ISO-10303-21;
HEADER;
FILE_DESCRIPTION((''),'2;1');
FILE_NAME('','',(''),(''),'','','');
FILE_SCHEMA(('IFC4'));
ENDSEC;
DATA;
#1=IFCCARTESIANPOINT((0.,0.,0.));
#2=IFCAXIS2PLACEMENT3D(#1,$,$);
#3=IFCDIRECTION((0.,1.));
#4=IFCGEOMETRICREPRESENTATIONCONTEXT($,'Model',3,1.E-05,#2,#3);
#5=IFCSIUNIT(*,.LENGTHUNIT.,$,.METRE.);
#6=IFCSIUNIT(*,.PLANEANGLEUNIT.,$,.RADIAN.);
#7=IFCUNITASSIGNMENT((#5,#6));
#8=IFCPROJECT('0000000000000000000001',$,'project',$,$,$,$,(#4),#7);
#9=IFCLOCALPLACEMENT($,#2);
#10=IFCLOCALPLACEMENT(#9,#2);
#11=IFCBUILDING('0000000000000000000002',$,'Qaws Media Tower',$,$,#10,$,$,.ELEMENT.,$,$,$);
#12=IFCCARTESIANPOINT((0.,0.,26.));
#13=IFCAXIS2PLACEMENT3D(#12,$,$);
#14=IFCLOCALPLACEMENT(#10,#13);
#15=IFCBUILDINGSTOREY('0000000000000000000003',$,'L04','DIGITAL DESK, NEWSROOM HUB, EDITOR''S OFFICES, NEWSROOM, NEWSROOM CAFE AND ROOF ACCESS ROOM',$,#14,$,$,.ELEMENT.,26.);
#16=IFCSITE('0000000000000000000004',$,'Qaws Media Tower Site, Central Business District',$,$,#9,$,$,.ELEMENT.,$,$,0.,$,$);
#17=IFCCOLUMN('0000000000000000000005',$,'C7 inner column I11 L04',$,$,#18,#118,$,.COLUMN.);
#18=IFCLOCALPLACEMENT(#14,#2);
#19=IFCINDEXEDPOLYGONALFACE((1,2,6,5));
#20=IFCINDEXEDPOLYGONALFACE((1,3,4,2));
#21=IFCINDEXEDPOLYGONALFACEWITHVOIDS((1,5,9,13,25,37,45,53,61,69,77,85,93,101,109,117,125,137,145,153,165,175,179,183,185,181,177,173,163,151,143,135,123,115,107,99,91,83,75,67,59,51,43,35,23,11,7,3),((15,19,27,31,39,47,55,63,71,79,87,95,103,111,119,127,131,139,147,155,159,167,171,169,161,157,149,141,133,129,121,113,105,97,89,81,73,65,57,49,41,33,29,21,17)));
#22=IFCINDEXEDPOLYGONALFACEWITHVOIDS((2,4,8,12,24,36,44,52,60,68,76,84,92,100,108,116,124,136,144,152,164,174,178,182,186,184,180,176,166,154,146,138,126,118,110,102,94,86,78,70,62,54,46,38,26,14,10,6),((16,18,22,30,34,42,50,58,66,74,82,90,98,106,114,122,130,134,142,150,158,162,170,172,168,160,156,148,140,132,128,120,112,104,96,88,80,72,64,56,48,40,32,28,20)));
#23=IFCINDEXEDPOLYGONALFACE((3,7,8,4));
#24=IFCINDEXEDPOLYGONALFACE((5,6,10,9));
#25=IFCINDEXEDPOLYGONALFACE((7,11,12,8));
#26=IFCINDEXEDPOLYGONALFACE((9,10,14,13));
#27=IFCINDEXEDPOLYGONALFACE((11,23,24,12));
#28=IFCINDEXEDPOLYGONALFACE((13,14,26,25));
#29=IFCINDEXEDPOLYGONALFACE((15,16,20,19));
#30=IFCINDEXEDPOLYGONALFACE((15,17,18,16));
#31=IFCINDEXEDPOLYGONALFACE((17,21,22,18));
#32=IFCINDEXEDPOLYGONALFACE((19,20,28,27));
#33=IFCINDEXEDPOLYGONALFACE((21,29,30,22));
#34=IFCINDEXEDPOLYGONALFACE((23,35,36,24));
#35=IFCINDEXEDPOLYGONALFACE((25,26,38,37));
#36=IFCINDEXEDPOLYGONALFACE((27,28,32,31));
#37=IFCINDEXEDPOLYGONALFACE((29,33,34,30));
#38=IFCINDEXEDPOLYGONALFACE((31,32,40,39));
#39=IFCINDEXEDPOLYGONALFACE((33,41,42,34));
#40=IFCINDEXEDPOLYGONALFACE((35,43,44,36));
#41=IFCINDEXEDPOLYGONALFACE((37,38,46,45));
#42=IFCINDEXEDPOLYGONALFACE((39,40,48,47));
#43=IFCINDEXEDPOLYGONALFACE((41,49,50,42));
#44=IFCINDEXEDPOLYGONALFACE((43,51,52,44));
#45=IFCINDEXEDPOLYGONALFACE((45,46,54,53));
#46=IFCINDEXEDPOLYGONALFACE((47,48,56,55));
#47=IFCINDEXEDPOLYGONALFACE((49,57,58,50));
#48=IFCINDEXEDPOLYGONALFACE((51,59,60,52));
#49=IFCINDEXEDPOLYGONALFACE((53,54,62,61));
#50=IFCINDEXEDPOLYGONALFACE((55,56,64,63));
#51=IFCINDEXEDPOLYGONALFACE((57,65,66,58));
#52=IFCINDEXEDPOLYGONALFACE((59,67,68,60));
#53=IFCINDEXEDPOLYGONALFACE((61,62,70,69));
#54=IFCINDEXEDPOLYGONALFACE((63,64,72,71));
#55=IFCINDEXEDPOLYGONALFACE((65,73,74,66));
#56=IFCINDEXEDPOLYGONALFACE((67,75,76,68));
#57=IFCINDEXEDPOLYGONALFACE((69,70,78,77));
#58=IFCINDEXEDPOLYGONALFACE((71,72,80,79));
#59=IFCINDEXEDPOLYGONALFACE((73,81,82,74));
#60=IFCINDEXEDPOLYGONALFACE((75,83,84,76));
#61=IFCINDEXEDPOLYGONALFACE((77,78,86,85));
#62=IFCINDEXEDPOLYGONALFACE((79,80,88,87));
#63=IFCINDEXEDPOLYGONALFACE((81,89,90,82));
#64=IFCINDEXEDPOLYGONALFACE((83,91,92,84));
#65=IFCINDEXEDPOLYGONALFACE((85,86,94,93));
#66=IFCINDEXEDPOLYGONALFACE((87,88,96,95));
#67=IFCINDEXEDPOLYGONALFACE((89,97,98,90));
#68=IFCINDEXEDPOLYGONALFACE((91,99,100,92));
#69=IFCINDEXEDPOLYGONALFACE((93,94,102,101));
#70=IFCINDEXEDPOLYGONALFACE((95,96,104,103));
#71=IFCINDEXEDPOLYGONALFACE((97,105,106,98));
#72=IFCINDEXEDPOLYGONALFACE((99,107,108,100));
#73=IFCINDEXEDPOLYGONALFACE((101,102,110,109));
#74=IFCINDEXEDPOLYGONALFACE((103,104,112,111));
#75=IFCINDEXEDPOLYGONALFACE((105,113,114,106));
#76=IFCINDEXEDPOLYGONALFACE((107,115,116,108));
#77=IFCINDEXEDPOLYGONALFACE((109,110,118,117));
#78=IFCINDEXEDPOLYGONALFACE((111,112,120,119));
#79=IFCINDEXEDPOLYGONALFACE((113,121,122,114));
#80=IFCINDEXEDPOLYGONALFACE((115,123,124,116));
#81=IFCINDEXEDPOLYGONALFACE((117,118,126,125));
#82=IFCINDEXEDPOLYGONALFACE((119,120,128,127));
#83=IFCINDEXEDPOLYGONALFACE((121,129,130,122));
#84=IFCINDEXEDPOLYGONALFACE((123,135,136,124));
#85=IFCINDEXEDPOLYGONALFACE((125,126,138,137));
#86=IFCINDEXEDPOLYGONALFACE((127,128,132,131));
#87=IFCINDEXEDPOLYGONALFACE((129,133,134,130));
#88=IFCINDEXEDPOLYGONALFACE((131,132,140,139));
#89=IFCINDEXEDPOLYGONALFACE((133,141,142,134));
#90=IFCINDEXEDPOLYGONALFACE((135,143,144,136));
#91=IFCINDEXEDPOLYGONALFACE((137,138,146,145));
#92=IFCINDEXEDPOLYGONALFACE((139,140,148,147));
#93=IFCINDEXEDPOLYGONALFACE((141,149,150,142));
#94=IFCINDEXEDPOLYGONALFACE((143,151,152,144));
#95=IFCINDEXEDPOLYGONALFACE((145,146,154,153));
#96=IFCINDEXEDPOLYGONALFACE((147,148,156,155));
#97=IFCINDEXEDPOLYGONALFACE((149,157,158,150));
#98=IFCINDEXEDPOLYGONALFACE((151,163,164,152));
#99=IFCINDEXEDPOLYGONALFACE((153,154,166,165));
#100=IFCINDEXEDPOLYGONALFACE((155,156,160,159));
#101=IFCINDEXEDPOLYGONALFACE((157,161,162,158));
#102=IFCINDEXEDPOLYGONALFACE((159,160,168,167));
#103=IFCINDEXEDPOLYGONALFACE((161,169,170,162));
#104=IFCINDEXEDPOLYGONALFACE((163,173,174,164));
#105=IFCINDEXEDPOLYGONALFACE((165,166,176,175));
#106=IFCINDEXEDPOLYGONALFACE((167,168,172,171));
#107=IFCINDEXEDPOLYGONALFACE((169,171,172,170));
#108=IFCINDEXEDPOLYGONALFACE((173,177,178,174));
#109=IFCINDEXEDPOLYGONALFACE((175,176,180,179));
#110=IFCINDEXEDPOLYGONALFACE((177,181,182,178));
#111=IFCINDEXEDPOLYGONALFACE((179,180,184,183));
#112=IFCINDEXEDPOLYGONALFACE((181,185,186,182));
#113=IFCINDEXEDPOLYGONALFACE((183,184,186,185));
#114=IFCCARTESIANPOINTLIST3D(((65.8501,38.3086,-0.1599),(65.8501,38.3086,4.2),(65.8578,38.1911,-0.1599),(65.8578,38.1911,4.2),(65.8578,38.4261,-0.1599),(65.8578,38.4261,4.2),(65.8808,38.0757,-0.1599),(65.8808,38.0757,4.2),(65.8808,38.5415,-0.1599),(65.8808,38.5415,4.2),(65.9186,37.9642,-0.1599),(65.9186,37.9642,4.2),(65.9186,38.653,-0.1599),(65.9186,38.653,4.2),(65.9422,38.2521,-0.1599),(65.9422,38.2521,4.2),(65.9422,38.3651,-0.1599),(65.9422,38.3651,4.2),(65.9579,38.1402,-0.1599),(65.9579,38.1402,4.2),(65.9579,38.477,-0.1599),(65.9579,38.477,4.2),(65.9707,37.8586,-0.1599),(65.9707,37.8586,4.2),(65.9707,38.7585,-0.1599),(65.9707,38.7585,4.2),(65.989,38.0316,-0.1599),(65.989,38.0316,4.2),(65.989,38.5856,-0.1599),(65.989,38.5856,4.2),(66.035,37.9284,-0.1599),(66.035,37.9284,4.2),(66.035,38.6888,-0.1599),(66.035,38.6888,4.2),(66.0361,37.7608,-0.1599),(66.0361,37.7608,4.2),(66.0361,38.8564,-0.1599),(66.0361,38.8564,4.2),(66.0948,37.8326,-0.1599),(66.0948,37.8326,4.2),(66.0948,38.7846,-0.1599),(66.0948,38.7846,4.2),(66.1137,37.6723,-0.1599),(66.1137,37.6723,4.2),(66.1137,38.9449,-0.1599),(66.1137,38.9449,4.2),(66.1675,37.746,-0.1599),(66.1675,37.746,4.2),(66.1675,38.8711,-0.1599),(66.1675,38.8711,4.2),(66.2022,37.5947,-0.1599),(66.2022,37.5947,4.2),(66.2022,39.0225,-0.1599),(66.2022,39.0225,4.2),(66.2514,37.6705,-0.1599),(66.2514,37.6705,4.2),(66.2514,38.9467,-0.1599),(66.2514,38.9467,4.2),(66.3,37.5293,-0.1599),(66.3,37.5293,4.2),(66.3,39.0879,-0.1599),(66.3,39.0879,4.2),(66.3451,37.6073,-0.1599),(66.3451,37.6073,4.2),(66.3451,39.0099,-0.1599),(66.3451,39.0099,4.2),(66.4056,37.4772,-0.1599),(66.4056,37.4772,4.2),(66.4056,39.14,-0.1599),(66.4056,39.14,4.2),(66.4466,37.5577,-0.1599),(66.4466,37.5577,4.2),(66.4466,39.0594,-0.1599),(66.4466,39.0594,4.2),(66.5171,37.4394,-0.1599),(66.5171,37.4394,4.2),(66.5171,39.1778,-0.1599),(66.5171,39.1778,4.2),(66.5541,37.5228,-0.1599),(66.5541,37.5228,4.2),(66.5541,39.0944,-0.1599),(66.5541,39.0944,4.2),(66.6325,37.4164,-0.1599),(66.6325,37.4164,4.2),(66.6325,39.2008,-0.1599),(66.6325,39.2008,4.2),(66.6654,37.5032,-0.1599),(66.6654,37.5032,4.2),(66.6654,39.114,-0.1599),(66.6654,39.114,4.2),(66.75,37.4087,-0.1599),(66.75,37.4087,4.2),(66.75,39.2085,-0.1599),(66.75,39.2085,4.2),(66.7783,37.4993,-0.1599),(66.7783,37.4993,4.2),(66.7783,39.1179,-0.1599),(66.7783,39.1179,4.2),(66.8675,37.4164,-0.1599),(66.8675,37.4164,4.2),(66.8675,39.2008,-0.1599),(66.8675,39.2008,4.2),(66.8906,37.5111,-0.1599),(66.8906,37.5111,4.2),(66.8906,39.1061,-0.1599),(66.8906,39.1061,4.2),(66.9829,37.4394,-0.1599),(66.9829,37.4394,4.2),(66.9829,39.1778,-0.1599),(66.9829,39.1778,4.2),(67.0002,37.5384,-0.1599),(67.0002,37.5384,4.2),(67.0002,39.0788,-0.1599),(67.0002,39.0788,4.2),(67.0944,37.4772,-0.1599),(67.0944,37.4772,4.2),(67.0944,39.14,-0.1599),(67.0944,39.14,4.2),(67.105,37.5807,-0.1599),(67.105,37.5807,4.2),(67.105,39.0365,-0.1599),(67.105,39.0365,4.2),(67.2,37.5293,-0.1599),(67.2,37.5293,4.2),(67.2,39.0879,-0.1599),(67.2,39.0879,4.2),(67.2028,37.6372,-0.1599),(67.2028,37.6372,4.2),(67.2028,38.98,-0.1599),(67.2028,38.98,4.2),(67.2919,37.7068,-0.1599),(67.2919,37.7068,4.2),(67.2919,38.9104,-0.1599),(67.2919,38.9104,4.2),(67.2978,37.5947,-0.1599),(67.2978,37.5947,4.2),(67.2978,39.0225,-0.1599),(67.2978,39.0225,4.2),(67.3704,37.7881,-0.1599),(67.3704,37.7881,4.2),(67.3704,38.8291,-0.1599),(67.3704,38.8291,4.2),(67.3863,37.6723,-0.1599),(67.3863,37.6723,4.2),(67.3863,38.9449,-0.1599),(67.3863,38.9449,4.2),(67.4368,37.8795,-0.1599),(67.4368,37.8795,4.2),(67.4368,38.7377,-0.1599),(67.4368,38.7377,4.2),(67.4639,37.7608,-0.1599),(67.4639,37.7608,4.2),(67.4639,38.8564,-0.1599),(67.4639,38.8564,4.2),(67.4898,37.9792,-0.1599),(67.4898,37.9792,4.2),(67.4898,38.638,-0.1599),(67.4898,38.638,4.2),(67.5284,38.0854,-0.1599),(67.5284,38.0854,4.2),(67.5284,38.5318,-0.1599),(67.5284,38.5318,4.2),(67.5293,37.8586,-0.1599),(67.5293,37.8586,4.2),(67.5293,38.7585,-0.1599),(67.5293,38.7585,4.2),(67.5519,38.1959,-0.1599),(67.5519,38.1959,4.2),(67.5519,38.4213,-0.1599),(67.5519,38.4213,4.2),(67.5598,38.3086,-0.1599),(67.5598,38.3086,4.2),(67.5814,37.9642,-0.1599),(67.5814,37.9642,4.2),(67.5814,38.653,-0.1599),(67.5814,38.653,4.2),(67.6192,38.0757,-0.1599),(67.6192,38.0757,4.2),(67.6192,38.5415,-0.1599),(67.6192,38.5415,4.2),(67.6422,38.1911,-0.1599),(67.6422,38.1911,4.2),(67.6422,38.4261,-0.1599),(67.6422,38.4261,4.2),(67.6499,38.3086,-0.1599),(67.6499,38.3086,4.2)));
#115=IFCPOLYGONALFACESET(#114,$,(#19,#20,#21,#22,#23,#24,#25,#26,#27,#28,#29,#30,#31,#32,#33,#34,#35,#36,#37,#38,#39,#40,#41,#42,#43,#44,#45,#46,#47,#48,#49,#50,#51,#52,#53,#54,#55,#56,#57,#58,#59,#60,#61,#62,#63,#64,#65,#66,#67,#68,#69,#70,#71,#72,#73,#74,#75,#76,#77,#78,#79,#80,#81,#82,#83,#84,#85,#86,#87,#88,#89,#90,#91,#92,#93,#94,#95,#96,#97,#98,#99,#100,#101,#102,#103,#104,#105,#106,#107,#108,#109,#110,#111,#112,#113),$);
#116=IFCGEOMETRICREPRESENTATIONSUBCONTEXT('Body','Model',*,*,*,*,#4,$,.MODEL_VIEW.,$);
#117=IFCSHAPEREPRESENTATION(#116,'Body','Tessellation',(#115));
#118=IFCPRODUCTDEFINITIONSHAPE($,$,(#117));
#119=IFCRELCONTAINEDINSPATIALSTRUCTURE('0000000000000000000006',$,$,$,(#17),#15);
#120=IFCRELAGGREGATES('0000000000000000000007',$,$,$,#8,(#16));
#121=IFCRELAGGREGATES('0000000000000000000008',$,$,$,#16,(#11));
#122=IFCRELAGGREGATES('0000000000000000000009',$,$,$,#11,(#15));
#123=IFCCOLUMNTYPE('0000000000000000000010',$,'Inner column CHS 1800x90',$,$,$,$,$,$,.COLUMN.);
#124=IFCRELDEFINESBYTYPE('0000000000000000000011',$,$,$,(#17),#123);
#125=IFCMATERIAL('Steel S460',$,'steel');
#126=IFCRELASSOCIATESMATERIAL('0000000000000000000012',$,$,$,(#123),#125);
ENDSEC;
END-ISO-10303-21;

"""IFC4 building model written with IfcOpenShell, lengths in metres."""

from ifc_helpers import new_model, si_unit, direction, frame, origin, origin_2d, place, context, subcontext, project, spatial, hollow_circle, extrude, material, material_profile, profile_set, type_object, element, save


model = new_model("IFC4")

# Units and contexts
model_context = context("Model", 3, precision=1e-05, world=origin(), true_north=direction((0.0, 1.0)))
body_context = subcontext(model_context, "Body", "Model", "MODEL_VIEW")
ifc_project = project(units=[si_unit("LENGTHUNIT", "METRE"), si_unit("PLANEANGLEUNIT", "RADIAN")], contexts=[model_context])

# Site, building, storey
site_placement = place(None, origin())
site = spatial("IfcSite", under=ifc_project, at=site_placement, Name="Qaws Media Tower Site, Central Business District", CompositionType="ELEMENT", RefElevation=0.0)
building_placement = place(site_placement, origin())
building = spatial("IfcBuilding", under=site, at=building_placement, Name="Qaws Media Tower", CompositionType="ELEMENT")
storey_placement = place(building_placement, frame((0.0, 0.0, 26.0)))
storey = spatial("IfcBuildingStorey", under=building, at=storey_placement, Name="L04", Description="DIGITAL DESK, NEWSROOM HUB, EDITOR'S OFFICES, NEWSROOM, NEWSROOM CAFE AND ROOF ACCESS ROOM", CompositionType="ELEMENT", Elevation=26.0)

# Column
ifc_material_1 = material(Name="Steel S460", Category="steel")
ifc_material_profile_1 = material_profile(ifc_material_1, hollow_circle(Radius=0.8999, WallThickness=0.0901, at=origin_2d()), Name="CHS 1800x90")
ifc_profile_set_1 = profile_set([ifc_material_profile_1], Name="Steel S460")
column_type = type_object("IfcColumnType", Name="Inner column CHS 1800x90", PredefinedType="COLUMN", material=ifc_profile_set_1)
for number, where, z_axis, x_axis, name in (
    (1, (66.75, 38.3086, -0.1599), (0.0, 0.0, 1.0), (1.0, 0.0, 0.0), "C7 inner column I11 L04"),
):
    element("IfcColumn", number, at=place(storey_placement, frame(where, z_axis=z_axis, x_axis=x_axis)), inside=storey, type_object=column_type, Name=name, PredefinedType="COLUMN", context=body_context, shape_type="SweptSolid", body=[
        extrude(hollow_circle(Radius=0.8999, WallThickness=0.0901, at=origin_2d()), origin(), (0.0, 0.0, 1.0), 4.3599),
    ])

save(model, "model.ifc")
